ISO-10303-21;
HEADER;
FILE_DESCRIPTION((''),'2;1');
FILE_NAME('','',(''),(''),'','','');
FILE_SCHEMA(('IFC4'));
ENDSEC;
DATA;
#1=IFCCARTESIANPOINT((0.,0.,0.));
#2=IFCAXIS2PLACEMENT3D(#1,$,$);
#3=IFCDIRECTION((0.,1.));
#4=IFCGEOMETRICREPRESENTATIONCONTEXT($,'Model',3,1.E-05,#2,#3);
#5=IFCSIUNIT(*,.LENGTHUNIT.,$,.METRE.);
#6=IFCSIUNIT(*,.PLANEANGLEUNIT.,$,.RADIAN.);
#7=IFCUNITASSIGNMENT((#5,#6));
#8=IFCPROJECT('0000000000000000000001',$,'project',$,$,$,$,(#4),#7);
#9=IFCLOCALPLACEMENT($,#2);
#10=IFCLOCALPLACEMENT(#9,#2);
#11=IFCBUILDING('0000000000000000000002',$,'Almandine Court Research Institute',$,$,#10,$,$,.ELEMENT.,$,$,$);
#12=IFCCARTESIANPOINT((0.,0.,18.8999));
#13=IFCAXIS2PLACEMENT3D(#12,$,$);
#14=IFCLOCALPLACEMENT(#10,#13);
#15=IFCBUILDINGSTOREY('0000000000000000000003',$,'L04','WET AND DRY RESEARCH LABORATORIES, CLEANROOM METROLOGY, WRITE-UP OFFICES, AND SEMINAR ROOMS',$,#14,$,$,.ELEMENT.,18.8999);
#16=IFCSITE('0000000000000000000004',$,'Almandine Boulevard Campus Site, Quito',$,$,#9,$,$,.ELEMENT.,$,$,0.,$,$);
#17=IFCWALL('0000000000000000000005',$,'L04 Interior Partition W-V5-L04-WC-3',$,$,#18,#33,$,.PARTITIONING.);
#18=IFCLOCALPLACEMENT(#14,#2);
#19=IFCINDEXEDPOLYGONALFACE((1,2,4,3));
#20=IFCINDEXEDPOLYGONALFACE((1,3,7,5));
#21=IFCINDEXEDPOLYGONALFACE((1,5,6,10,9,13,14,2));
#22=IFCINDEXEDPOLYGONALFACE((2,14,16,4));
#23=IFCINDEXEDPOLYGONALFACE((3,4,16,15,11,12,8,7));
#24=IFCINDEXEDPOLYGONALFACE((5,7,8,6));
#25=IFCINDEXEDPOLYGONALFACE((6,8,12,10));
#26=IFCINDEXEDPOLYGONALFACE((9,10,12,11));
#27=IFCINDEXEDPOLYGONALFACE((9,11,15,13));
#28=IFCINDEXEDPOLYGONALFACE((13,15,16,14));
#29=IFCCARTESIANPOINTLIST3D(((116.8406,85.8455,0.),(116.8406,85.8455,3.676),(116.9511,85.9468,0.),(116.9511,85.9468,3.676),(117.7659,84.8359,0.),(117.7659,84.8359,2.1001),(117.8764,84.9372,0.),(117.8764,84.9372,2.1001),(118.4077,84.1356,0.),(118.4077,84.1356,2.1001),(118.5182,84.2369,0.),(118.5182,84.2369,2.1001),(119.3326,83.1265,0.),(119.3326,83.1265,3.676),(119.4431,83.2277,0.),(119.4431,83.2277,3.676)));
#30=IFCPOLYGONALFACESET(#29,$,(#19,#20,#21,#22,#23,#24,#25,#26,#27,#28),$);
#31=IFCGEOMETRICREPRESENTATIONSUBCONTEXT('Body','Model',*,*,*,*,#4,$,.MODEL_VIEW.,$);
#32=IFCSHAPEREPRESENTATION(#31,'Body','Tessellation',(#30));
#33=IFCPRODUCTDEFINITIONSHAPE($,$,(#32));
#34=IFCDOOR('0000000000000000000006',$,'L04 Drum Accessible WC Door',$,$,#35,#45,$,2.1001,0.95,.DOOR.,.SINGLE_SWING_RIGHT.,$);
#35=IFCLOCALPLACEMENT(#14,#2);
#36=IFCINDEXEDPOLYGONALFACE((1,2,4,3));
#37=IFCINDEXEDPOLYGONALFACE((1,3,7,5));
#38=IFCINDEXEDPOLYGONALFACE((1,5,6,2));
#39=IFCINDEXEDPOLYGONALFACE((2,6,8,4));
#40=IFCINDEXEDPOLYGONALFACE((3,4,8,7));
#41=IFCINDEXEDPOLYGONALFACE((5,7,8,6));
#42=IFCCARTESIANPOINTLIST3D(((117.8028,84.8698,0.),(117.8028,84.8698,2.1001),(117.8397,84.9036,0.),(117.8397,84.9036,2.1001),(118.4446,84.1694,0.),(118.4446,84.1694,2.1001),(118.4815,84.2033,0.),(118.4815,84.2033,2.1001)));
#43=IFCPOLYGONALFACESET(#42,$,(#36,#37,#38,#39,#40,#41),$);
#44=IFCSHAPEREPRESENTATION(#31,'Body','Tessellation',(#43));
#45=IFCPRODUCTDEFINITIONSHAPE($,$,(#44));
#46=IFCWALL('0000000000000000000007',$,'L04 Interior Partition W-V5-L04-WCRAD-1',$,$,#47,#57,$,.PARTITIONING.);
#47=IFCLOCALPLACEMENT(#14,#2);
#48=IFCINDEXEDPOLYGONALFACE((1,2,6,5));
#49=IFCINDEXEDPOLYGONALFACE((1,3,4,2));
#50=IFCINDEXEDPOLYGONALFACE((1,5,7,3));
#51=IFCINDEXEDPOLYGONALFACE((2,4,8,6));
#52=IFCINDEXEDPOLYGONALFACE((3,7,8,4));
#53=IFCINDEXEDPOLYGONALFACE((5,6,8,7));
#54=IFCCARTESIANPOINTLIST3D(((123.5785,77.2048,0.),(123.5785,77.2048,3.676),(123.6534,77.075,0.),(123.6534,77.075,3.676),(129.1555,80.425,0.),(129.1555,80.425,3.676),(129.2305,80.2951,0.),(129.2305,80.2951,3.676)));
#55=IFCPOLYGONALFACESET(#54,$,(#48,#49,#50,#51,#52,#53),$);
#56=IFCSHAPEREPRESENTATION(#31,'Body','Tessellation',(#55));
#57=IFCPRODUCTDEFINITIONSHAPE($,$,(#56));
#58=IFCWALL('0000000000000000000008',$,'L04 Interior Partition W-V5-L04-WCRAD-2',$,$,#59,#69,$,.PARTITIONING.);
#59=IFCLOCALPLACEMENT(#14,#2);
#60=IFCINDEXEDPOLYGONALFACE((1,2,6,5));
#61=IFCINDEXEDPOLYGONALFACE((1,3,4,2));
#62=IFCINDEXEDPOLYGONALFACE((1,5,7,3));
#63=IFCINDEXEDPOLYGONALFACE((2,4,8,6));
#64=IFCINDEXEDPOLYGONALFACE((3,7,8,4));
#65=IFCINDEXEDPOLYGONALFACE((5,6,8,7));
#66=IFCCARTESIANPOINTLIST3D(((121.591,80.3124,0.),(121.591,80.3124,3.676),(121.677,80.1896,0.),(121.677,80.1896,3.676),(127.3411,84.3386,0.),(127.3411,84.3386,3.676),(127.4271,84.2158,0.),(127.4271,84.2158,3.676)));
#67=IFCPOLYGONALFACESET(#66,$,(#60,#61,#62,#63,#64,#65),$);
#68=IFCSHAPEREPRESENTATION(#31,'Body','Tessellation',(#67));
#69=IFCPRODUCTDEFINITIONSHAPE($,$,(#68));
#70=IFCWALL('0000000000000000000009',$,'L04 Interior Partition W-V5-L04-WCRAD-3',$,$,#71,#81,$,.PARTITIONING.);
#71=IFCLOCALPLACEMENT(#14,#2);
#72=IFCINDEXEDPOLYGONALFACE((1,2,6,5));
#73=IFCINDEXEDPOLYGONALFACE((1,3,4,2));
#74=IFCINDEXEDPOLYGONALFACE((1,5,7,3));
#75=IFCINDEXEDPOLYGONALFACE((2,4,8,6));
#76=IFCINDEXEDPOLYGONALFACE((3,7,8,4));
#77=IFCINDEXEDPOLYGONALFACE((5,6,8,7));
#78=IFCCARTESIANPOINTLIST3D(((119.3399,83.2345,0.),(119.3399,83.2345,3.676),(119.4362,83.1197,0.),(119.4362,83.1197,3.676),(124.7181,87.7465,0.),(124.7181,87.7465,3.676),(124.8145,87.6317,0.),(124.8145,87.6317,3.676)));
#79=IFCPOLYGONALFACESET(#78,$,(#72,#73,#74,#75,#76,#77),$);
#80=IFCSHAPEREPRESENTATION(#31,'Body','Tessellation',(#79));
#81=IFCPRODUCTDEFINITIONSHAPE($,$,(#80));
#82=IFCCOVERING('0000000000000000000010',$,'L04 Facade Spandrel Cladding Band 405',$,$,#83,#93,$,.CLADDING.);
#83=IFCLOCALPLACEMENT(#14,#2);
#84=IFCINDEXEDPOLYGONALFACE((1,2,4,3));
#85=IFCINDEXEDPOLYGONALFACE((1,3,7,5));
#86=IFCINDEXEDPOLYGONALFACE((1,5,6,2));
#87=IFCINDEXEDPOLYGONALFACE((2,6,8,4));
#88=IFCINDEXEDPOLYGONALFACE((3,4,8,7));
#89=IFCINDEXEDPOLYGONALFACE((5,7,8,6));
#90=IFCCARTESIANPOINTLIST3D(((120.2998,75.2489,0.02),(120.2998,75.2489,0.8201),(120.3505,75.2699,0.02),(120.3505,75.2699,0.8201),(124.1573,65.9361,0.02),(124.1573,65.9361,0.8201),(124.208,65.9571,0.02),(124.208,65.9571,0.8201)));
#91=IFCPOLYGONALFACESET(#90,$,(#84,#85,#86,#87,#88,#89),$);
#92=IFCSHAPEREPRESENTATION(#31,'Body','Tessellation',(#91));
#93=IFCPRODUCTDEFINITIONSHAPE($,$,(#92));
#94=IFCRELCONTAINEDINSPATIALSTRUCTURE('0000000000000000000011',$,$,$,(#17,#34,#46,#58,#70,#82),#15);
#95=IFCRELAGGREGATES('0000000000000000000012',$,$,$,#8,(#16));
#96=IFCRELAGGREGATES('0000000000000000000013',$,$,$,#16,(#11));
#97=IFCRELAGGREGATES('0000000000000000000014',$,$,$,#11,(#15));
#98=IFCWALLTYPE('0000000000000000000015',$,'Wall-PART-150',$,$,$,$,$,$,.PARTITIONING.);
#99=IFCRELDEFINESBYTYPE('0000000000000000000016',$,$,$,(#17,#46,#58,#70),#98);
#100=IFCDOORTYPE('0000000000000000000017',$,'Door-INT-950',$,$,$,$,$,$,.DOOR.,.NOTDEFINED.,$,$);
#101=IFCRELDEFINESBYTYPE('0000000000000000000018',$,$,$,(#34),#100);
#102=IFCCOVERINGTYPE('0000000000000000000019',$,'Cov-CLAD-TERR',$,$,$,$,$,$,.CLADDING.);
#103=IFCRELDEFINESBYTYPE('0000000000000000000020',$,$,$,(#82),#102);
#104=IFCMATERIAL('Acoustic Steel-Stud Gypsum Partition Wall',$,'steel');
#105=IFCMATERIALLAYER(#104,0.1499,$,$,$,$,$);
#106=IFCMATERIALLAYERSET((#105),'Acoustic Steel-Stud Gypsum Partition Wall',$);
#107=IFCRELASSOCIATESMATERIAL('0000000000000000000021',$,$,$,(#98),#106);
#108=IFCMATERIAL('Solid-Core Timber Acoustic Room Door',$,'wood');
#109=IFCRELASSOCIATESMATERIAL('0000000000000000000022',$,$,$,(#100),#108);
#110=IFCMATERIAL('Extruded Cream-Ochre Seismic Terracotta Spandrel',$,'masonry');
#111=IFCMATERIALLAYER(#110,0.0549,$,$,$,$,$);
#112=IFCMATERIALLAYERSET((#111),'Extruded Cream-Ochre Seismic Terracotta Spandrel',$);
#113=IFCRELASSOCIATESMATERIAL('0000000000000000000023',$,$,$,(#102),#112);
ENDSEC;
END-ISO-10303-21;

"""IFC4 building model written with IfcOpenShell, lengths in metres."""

from ifc_helpers import new_model, si_unit, direction, frame, frame_2d, origin, origin_2d, place, context, subcontext, project, spatial, rectangle, extrude, material, layer, layer_set, type_object, element, fill, save


model = new_model("IFC4")

# Units and contexts
model_context = context("Model", 3, precision=1e-05, world=origin(), true_north=direction((0.0, 1.0)))
body_context = subcontext(model_context, "Body", "Model", "MODEL_VIEW")
ifc_project = project(units=[si_unit("LENGTHUNIT", "METRE"), si_unit("PLANEANGLEUNIT", "RADIAN")], contexts=[model_context])

# Site, building, storey
site_placement = place(None, origin())
site = spatial("IfcSite", under=ifc_project, at=site_placement, Name="Almandine Boulevard Campus Site, Quito", CompositionType="ELEMENT", RefElevation=0.0)
building_placement = place(site_placement, origin())
building = spatial("IfcBuilding", under=site, at=building_placement, Name="Almandine Court Research Institute", CompositionType="ELEMENT")
storey_placement = place(building_placement, frame((0.0, 0.0, 18.8999)))
storey = spatial("IfcBuildingStorey", under=building, at=storey_placement, Name="L04", Description="WET AND DRY RESEARCH LABORATORIES, CLEANROOM METROLOGY, WRITE-UP OFFICES, AND SEMINAR ROOMS", CompositionType="ELEMENT", Elevation=18.8999)

# Wall, opening, door
ifc_material_1 = material(Name="Acoustic Steel-Stud Gypsum Partition Wall", Category="steel")
ifc_layer_1 = layer(ifc_material_1, 0.1499)
ifc_layer_set_1 = layer_set([ifc_layer_1], Name="Acoustic Steel-Stud Gypsum Partition Wall")
wall_type_1 = type_object("IfcWallType", Name="Wall-PART-150", PredefinedType="PARTITIONING", material=ifc_layer_set_1)
ifc_material_2 = material(Name="Solid-Core Timber Acoustic Room Door", Category="wood")
door_type = type_object("IfcDoorType", Name="Door-INT-950", OperationType="NOTDEFINED", PredefinedType="DOOR", material=ifc_material_2)
wall_1_placement = place(storey_placement, frame((119.3879, 83.177, 0.0), z_axis=(0.0, 0.0, 1.0), x_axis=(-0.675656, 0.737217, 0.0)))
wall_1 = element("IfcWall", 1, at=wall_1_placement, inside=storey, type_object=wall_type_1, Name="L04 Interior Partition W-V5-L04-WC-3", PredefinedType="PARTITIONING", context=body_context, shape_type="SweptSolid", body=[
    extrude(rectangle(XDim=3.6882, YDim=0.1499, at=frame_2d((1.8442, 0.0))), origin(), (0.0, 0.0, 1.0), 3.676),
])
opening_1_placement = place(wall_1_placement, frame((1.3689, 0.0, 0.0)))
opening_1 = element("IfcOpeningElement", 2, at=opening_1_placement, cuts=wall_1, PredefinedType="OPENING", context=body_context, shape_type="SweptSolid", body=[
    extrude(rectangle(XDim=0.95, YDim=2.1001, at=frame_2d((0.4751, 1.05))), frame((0.0, 0.085, 0.0), z_axis=(0.0, -1.0, 0.0), x_axis=(1.0, 0.0, 0.0)), (0.0, 0.0, 1.0), 0.1699),
])
door_1_placement = place(opening_1_placement, origin())
door_1 = element("IfcDoor", 3, at=door_1_placement, inside=storey, type_object=door_type, Name="L04 Drum Accessible WC Door", OperationType="SINGLE_SWING_RIGHT", OverallHeight=2.1001, OverallWidth=0.95, PredefinedType="DOOR", context=body_context, shape_type="SweptSolid", body=[
    extrude(rectangle(XDim=0.95, YDim=2.1001, at=frame_2d((0.4751, 1.05))), frame((0.0, 0.0249, 0.0), z_axis=(0.0, -1.0, 0.0), x_axis=(1.0, 0.0, 0.0)), (0.0, 0.0, 1.0), 0.05),
])
fill(opening_1, door_1)

# Walls
wall_2_placement = place(storey_placement, frame((123.616, 77.1399, 0.0), z_axis=(0.0, 0.0, 1.0), x_axis=(0.866009, 0.500029, 0.0)))
element("IfcWall", 4, at=wall_2_placement, inside=storey, type_object=wall_type_1, Name="L04 Interior Partition W-V5-L04-WCRAD-1", PredefinedType="PARTITIONING", context=body_context, shape_type="SweptSolid", body=[
    extrude(rectangle(XDim=6.4399, YDim=0.1499, at=frame_2d((3.22, 0.0))), origin(), (0.0, 0.0, 1.0), 3.676),
])
wall_3_placement = place(storey_placement, frame((121.634, 80.251, 0.0), z_axis=(0.0, 0.0, 1.0), x_axis=(0.819157, 0.57357, 0.0)))
element("IfcWall", 5, at=wall_3_placement, inside=storey, type_object=wall_type_1, Name="L04 Interior Partition W-V5-L04-WCRAD-2", PredefinedType="PARTITIONING", context=body_context, shape_type="SweptSolid", body=[
    extrude(rectangle(XDim=7.0195, YDim=0.1499, at=frame_2d((3.5098, 0.0))), origin(), (0.0, 0.0, 1.0), 3.676),
])
wall_4_placement = place(storey_placement, frame((119.3879, 83.177, 0.0), z_axis=(0.0, 0.0, 1.0), x_axis=(0.766105, 0.642716, 0.0)))
element("IfcWall", 6, at=wall_4_placement, inside=storey, type_object=wall_type_1, Name="L04 Interior Partition W-V5-L04-WCRAD-3", PredefinedType="PARTITIONING", context=body_context, shape_type="SweptSolid", body=[
    extrude(rectangle(XDim=7.0203, YDim=0.1499, at=frame_2d((3.5103, 0.0))), origin(), (0.0, 0.0, 1.0), 3.676),
])

# Covering
ifc_material_3 = material(Name="Extruded Cream-Ochre Seismic Terracotta Spandrel", Category="masonry")
ifc_layer_2 = layer(ifc_material_3, 0.0549)
ifc_layer_set_2 = layer_set([ifc_layer_2], Name="Extruded Cream-Ochre Seismic Terracotta Spandrel")
covering_type = type_object("IfcCoveringType", Name="Cov-CLAD-TERR", PredefinedType="CLADDING", material=ifc_layer_set_2)
covering_placement = place(storey_placement, frame((122.2539, 70.603, 0.02), z_axis=(0.0, 0.0, 1.0), x_axis=(-0.382683, 0.92388, 0.0)))
element("IfcCovering", 7, at=covering_placement, inside=storey, type_object=covering_type, Name="L04 Facade Spandrel Cladding Band 405", PredefinedType="CLADDING", context=body_context, shape_type="SweptSolid", body=[
    extrude(rectangle(XDim=10.0801, YDim=0.0549, at=origin_2d()), origin(), (0.0, 0.0, 1.0), 0.8),
])

save(model, "model.ifc")
